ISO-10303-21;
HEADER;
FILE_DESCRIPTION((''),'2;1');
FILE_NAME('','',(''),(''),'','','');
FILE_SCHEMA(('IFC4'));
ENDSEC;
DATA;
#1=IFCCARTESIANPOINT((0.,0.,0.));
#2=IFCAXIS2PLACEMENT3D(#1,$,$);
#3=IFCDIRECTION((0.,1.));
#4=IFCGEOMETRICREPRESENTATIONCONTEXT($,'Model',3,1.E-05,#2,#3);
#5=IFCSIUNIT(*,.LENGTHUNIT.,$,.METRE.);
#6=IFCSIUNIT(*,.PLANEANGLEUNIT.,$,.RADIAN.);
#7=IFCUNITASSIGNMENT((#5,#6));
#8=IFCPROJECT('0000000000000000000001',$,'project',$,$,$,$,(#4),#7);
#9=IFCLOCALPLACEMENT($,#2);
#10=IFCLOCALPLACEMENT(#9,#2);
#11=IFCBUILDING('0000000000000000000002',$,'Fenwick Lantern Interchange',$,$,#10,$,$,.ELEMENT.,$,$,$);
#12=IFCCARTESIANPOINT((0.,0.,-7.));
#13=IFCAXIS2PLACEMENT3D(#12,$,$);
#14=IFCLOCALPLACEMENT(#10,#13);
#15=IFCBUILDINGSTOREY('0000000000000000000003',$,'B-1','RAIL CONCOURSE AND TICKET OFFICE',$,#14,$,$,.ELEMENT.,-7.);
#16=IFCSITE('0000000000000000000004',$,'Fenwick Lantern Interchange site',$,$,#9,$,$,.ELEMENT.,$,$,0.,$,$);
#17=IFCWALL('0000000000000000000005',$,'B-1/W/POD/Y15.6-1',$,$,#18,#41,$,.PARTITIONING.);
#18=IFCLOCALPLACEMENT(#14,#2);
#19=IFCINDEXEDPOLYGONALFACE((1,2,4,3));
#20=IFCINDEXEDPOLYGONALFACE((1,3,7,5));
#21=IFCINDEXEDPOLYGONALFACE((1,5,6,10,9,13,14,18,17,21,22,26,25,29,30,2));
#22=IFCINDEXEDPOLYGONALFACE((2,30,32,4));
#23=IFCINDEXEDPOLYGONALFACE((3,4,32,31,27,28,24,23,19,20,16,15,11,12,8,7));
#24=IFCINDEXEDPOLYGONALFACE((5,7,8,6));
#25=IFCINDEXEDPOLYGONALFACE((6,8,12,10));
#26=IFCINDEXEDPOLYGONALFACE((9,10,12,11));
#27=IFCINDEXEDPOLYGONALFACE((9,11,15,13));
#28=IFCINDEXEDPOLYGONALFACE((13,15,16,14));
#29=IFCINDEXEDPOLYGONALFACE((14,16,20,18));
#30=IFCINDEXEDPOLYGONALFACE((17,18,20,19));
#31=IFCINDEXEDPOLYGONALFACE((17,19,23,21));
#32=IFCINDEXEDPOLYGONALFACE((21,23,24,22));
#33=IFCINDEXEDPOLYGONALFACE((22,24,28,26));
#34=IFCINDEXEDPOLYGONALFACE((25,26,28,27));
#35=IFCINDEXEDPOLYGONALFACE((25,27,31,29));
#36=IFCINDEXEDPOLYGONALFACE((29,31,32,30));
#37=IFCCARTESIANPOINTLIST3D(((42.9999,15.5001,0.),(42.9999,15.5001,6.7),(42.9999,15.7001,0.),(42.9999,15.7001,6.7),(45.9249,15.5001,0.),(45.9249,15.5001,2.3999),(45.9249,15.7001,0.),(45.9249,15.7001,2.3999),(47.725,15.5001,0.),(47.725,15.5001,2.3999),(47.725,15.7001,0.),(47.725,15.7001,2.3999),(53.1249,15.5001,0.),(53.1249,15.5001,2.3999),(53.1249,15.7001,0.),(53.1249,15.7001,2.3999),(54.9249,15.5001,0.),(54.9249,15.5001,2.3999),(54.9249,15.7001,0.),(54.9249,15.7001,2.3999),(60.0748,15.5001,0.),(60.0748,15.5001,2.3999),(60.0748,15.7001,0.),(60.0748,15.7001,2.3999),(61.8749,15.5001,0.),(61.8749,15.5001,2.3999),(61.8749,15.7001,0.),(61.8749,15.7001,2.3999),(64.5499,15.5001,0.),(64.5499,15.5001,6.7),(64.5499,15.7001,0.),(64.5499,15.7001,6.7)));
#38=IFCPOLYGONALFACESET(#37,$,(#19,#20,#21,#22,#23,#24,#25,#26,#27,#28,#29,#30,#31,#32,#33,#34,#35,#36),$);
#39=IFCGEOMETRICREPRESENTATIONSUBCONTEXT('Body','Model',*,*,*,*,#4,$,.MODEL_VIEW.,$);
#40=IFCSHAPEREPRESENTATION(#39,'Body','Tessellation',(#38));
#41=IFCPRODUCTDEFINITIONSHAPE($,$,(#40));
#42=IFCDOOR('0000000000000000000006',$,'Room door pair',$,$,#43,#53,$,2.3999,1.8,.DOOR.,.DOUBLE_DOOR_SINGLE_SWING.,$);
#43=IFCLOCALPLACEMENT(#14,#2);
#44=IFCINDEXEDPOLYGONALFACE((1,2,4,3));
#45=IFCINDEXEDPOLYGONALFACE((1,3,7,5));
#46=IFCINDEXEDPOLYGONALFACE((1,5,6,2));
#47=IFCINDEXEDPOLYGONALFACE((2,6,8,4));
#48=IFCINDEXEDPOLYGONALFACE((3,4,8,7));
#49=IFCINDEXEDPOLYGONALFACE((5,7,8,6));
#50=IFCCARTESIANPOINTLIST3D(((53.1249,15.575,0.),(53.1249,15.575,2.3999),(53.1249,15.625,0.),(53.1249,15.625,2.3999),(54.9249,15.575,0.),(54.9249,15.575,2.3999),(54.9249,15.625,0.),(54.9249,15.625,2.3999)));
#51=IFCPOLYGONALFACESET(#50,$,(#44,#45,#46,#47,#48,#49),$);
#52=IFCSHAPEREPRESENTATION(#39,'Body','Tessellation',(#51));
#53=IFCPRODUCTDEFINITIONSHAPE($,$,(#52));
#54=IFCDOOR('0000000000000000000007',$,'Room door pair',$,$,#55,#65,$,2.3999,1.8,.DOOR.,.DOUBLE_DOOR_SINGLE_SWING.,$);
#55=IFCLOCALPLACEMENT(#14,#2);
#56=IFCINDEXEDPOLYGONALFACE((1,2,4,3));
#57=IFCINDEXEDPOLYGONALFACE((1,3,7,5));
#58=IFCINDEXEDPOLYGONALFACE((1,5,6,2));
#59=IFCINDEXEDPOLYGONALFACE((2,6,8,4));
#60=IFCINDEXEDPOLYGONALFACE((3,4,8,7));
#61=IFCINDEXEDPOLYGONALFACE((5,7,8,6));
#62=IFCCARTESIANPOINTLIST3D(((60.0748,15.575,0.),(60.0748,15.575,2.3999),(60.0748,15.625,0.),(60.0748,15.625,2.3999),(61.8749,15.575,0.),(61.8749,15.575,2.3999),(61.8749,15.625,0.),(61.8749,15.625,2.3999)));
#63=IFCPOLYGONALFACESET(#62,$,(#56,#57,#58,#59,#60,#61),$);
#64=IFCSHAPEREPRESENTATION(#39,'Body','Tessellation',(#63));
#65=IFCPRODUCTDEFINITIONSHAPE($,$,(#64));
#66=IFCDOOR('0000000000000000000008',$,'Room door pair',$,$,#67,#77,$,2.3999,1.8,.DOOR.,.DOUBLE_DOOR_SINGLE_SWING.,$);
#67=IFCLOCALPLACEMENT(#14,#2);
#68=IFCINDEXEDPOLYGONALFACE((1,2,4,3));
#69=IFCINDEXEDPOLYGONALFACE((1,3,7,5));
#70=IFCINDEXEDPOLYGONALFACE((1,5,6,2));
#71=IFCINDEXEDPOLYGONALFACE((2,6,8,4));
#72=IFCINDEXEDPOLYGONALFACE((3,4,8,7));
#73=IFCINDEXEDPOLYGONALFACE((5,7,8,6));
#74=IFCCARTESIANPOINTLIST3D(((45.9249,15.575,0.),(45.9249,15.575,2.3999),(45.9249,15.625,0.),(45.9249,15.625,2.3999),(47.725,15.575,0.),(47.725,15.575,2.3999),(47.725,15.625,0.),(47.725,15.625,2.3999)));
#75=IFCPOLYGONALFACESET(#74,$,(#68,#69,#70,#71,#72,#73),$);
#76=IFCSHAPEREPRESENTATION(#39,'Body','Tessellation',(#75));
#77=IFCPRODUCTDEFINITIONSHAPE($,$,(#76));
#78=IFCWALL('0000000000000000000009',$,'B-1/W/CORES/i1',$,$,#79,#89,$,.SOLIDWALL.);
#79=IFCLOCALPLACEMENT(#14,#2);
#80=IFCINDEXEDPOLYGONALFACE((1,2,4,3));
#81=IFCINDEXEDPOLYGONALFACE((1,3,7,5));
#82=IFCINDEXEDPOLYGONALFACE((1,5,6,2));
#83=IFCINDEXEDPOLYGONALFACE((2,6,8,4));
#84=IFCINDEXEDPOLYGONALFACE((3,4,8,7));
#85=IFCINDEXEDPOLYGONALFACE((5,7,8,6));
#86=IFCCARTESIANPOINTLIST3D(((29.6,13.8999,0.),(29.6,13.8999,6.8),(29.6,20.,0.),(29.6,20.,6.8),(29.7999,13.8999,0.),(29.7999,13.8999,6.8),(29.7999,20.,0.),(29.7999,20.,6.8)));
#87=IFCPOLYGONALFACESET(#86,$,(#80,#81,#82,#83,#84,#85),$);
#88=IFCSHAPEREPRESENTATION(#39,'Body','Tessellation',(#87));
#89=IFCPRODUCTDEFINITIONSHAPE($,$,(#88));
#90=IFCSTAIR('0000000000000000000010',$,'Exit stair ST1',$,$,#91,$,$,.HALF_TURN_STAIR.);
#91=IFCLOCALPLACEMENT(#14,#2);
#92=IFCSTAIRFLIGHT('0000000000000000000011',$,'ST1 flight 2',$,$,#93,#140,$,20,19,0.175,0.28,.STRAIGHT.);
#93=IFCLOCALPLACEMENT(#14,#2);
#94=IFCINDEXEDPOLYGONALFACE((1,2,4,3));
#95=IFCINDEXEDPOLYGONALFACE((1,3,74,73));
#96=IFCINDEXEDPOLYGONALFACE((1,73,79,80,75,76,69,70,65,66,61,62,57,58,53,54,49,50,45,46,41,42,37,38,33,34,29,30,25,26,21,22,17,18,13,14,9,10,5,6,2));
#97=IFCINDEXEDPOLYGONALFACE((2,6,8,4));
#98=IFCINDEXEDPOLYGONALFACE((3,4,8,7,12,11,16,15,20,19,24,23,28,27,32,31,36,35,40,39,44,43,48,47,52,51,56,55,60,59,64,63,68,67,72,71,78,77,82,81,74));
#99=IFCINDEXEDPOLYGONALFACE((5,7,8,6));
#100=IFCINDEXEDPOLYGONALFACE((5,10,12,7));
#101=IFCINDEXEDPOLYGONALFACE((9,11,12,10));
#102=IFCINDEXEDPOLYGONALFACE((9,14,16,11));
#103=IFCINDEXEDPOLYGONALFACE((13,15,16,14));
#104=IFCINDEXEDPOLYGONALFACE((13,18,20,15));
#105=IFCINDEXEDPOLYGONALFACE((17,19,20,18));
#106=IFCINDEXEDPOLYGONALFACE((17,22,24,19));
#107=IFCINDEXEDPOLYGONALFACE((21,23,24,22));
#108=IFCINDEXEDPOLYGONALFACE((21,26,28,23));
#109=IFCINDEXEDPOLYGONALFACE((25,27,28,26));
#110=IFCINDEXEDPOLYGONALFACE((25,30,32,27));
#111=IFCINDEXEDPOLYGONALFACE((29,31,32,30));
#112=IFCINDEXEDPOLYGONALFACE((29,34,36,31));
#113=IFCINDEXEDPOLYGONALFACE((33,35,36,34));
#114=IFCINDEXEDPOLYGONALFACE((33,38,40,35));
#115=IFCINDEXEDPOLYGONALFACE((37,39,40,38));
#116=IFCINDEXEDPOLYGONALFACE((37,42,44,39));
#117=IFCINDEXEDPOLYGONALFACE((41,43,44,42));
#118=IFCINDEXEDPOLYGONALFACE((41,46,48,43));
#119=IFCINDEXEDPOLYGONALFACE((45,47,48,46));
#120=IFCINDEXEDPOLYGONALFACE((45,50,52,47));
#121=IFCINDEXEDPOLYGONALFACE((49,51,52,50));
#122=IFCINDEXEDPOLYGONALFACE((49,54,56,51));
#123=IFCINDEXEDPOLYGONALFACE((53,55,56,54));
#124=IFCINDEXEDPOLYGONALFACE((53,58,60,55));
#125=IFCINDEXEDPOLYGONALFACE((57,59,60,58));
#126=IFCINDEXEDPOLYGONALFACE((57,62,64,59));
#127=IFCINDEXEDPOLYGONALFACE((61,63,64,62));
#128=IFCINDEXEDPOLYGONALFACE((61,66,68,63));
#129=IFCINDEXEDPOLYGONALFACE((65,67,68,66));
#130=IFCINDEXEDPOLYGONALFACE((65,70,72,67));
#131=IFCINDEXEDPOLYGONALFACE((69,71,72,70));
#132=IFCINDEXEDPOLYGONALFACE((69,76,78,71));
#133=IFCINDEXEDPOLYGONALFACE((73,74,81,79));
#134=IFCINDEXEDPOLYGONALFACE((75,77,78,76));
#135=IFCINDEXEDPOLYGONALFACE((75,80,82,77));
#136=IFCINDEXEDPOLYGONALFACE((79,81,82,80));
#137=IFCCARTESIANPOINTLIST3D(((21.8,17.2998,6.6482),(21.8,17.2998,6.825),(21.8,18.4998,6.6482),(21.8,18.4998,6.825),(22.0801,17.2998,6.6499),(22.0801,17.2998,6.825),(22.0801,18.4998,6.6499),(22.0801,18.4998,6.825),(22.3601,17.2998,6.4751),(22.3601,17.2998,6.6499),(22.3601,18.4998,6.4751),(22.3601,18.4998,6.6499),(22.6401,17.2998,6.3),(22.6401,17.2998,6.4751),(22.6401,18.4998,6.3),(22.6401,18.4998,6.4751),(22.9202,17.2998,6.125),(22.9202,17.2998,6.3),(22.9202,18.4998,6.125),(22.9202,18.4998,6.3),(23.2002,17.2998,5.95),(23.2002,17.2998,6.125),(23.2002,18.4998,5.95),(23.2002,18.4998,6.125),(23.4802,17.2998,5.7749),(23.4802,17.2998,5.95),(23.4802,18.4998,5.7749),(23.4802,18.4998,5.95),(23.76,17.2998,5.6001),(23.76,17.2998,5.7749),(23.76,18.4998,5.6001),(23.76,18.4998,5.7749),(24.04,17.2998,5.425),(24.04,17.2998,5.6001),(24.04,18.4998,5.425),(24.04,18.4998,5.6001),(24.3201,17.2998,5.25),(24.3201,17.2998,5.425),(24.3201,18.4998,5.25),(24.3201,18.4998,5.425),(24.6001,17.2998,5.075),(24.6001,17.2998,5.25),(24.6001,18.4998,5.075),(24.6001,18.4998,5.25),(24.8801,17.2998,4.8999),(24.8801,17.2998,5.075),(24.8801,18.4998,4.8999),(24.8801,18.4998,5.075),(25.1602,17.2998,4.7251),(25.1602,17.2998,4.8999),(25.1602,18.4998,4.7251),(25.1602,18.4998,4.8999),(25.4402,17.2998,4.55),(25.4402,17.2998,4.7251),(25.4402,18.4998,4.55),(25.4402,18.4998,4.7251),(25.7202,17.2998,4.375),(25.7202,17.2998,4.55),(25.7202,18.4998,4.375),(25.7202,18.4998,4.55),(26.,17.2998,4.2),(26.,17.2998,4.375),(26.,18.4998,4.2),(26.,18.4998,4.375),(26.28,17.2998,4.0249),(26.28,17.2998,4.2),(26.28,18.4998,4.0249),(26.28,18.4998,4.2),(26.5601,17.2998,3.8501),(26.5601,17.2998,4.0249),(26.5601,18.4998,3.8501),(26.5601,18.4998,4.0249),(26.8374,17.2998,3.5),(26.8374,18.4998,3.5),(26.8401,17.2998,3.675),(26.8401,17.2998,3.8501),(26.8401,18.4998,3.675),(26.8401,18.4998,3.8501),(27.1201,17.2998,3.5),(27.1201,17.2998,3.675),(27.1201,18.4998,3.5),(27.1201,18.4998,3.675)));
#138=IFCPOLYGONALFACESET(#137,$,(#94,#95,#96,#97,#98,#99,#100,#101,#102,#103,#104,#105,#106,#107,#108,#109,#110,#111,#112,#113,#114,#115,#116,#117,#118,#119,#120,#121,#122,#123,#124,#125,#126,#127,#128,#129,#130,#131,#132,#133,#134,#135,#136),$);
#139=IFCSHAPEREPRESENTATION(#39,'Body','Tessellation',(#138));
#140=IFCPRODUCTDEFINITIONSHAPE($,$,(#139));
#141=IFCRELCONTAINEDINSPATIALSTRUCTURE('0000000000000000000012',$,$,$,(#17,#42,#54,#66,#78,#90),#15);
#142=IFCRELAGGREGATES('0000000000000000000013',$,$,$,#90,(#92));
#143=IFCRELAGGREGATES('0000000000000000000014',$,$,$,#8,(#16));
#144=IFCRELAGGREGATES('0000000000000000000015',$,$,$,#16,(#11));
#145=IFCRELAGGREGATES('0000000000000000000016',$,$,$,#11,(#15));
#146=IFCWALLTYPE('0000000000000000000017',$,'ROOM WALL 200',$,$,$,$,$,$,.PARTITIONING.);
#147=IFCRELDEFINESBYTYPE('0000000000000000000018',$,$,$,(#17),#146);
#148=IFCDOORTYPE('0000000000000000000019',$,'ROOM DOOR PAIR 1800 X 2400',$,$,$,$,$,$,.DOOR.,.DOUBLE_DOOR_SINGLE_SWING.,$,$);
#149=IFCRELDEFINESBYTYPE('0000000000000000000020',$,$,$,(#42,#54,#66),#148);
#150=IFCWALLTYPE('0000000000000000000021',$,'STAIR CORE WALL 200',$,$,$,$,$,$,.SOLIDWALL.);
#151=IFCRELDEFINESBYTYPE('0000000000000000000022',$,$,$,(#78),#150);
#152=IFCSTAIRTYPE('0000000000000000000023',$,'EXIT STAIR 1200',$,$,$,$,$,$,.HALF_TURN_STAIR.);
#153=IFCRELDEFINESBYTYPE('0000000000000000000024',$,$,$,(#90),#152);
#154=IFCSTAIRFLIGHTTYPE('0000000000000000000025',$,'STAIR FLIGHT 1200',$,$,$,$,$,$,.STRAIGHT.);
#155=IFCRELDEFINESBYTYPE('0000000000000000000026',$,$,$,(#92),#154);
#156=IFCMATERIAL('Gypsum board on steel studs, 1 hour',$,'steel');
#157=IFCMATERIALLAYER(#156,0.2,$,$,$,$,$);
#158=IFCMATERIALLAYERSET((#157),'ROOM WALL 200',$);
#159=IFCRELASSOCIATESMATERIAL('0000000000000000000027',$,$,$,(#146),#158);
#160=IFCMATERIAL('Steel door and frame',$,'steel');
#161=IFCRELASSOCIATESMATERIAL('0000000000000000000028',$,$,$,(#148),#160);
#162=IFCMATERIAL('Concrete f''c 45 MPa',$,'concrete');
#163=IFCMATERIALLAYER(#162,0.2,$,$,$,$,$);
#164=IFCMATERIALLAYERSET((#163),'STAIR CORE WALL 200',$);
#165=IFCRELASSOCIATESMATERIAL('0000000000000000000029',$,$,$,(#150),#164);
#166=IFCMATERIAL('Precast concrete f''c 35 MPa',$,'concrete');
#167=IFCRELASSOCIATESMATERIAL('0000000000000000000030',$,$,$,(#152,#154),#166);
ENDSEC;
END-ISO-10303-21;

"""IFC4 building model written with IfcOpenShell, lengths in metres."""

from ifc_helpers import new_model, si_unit, direction, frame, frame_2d, origin, place, context, subcontext, project, spatial, polyline, rectangle, outline, extrude, material, layer, layer_set, type_object, element, fill, aggregate, save


model = new_model("IFC4")

# Units and contexts
model_context = context("Model", 3, precision=1e-05, world=origin(), true_north=direction((0.0, 1.0)))
body_context = subcontext(model_context, "Body", "Model", "MODEL_VIEW")
ifc_project = project(units=[si_unit("LENGTHUNIT", "METRE"), si_unit("PLANEANGLEUNIT", "RADIAN")], contexts=[model_context])

# Site, building, storey
site_placement = place(None, origin())
site = spatial("IfcSite", under=ifc_project, at=site_placement, Name="Fenwick Lantern Interchange site", CompositionType="ELEMENT", RefElevation=0.0)
building_placement = place(site_placement, origin())
building = spatial("IfcBuilding", under=site, at=building_placement, Name="Fenwick Lantern Interchange", CompositionType="ELEMENT")
storey_placement = place(building_placement, frame((0.0, 0.0, -7.0)))
storey = spatial("IfcBuildingStorey", under=building, at=storey_placement, Name="B-1", Description="RAIL CONCOURSE AND TICKET OFFICE", CompositionType="ELEMENT", Elevation=-7.0)

# Shared definitions
ifc_material_1 = material(Name="Concrete f'c 45 MPa", Category="concrete")

# Shared definitions
ifc_material_2 = material(Name="Steel door and frame", Category="steel")

# Wall, openings, doors
ifc_material_3 = material(Name="Gypsum board on steel studs, 1 hour", Category="steel")
ifc_layer_1 = layer(ifc_material_3, 0.2)
ifc_layer_set_1 = layer_set([ifc_layer_1], Name="ROOM WALL 200")
wall_type_1 = type_object("IfcWallType", Name="ROOM WALL 200", PredefinedType="PARTITIONING", material=ifc_layer_set_1)
wall_1_placement = place(storey_placement, frame((43.0, 15.6001, 0.0), z_axis=(0.0, 0.0, 1.0), x_axis=(1.0, 0.0, 0.0)))
wall_1 = element("IfcWall", 1, at=wall_1_placement, inside=storey, type_object=wall_type_1, Name="B-1/W/POD/Y15.6-1", PredefinedType="PARTITIONING", context=body_context, shape_type="SweptSolid", body=[
    extrude(rectangle(XDim=21.55, YDim=0.2, at=frame_2d((10.7749, 0.0))), origin(), (0.0, 0.0, 1.0), 6.7),
])
opening_1_placement = place(wall_1_placement, frame((10.125, 0.0, 0.0)))
opening_1 = element("IfcOpeningElement", 2, at=opening_1_placement, cuts=wall_1, PredefinedType="OPENING", context=body_context, shape_type="SweptSolid", body=[
    extrude(rectangle(XDim=1.8, YDim=2.3999, at=frame_2d((0.8999, 1.2))), frame((0.0, 0.1099, 0.0), z_axis=(0.0, -1.0, 0.0), x_axis=(1.0, 0.0, 0.0)), (0.0, 0.0, 1.0), 0.22),
])
opening_2_placement = place(wall_1_placement, frame((17.075, 0.0, 0.0)))
opening_2 = element("IfcOpeningElement", 3, at=opening_2_placement, cuts=wall_1, PredefinedType="OPENING", context=body_context, shape_type="SweptSolid", body=[
    extrude(rectangle(XDim=1.8, YDim=2.3999, at=frame_2d((0.8999, 1.2))), frame((0.0, 0.1099, 0.0), z_axis=(0.0, -1.0, 0.0), x_axis=(1.0, 0.0, 0.0)), (0.0, 0.0, 1.0), 0.22),
])
opening_3_placement = place(wall_1_placement, frame((2.925, 0.0, 0.0)))
opening_3 = element("IfcOpeningElement", 4, at=opening_3_placement, cuts=wall_1, PredefinedType="OPENING", context=body_context, shape_type="SweptSolid", body=[
    extrude(rectangle(XDim=1.8, YDim=2.3999, at=frame_2d((0.8999, 1.2))), frame((0.0, 0.1099, 0.0), z_axis=(0.0, -1.0, 0.0), x_axis=(1.0, 0.0, 0.0)), (0.0, 0.0, 1.0), 0.22),
])
door_type_1 = type_object("IfcDoorType", Name="ROOM DOOR PAIR 1800 X 2400", OperationType="DOUBLE_DOOR_SINGLE_SWING", PredefinedType="DOOR", material=ifc_material_2)
door_1_placement = place(opening_1_placement, origin())
door_1 = element("IfcDoor", 5, at=door_1_placement, inside=storey, type_object=door_type_1, Name="Room door pair", OperationType="DOUBLE_DOOR_SINGLE_SWING", OverallHeight=2.3999, OverallWidth=1.8, PredefinedType="DOOR", context=body_context, shape_type="SweptSolid", body=[
    extrude(rectangle(XDim=1.8, YDim=2.3999, at=frame_2d((0.8999, 1.2))), frame((0.0, 0.0249, 0.0), z_axis=(0.0, -1.0, 0.0), x_axis=(1.0, 0.0, 0.0)), (0.0, 0.0, 1.0), 0.05),
])
fill(opening_1, door_1)
door_2_placement = place(opening_2_placement, origin())
door_2 = element("IfcDoor", 6, at=door_2_placement, inside=storey, type_object=door_type_1, Name="Room door pair", OperationType="DOUBLE_DOOR_SINGLE_SWING", OverallHeight=2.3999, OverallWidth=1.8, PredefinedType="DOOR", context=body_context, shape_type="SweptSolid", body=[
    extrude(rectangle(XDim=1.8, YDim=2.3999, at=frame_2d((0.8999, 1.2))), frame((0.0, 0.0249, 0.0), z_axis=(0.0, -1.0, 0.0), x_axis=(1.0, 0.0, 0.0)), (0.0, 0.0, 1.0), 0.05),
])
fill(opening_2, door_2)
door_3_placement = place(opening_3_placement, origin())
door_3 = element("IfcDoor", 7, at=door_3_placement, inside=storey, type_object=door_type_1, Name="Room door pair", OperationType="DOUBLE_DOOR_SINGLE_SWING", OverallHeight=2.3999, OverallWidth=1.8, PredefinedType="DOOR", context=body_context, shape_type="SweptSolid", body=[
    extrude(rectangle(XDim=1.8, YDim=2.3999, at=frame_2d((0.8999, 1.2))), frame((0.0, 0.0249, 0.0), z_axis=(0.0, -1.0, 0.0), x_axis=(1.0, 0.0, 0.0)), (0.0, 0.0, 1.0), 0.05),
])
fill(opening_3, door_3)

# Wall
ifc_layer_2 = layer(ifc_material_1, 0.2)
ifc_layer_set_2 = layer_set([ifc_layer_2], Name="STAIR CORE WALL 200")
wall_type_2 = type_object("IfcWallType", Name="STAIR CORE WALL 200", PredefinedType="SOLIDWALL", material=ifc_layer_set_2)
wall_2_placement = place(storey_placement, frame((29.7, 13.8999, 0.0), z_axis=(0.0, 0.0, 1.0), x_axis=(0.0, 1.0, 0.0)))
element("IfcWall", 8, at=wall_2_placement, inside=storey, type_object=wall_type_2, Name="B-1/W/CORES/i1", PredefinedType="SOLIDWALL", context=body_context, shape_type="SweptSolid", body=[
    extrude(rectangle(XDim=6.1001, YDim=0.2, at=frame_2d((3.05, 0.0))), origin(), (0.0, 0.0, 1.0), 6.8),
])

# Stair, stair flight
ifc_material_4 = material(Name="Precast concrete f'c 35 MPa", Category="concrete")
stair_type = type_object("IfcStairType", Name="EXIT STAIR 1200", PredefinedType="HALF_TURN_STAIR", material=ifc_material_4)
stair_placement = place(storey_placement, origin())
stair = element("IfcStair", 9, at=stair_placement, inside=storey, type_object=stair_type, Name="Exit stair ST1", PredefinedType="HALF_TURN_STAIR")
stair_flight_type = type_object("IfcStairFlightType", Name="STAIR FLIGHT 1200", PredefinedType="STRAIGHT", material=ifc_material_4)
stair_flight_placement = place(storey_placement, frame((27.1201, 17.8999, 3.5), z_axis=(0.0, 0.0, 1.0), x_axis=(-1.0, 0.0, 0.0)))
stair_flight = element("IfcStairFlight", 10, at=stair_flight_placement, type_object=stair_flight_type, Name="ST1 flight 2", NumberOfRisers=20, NumberOfTreads=19, PredefinedType="STRAIGHT", RiserHeight=0.175, TreadLength=0.28, context=body_context, shape_type="SweptSolid", body=[
    extrude(outline(polyline([(0.0, 0.0), (0.0, 0.175), (0.28, 0.175), (0.28, 0.3501), (0.5601, 0.3501), (0.5601, 0.5249), (0.8401, 0.5249), (0.8401, 0.7), (1.1201, 0.7), (1.1201, 0.875), (1.3999, 0.875), (1.3999, 1.05), (1.6799, 1.05), (1.6799, 1.2251), (1.96, 1.2251), (1.96, 1.3999), (2.24, 1.3999), (2.24, 1.575), (2.52, 1.575), (2.52, 1.75), (2.8, 1.75), (2.8, 1.925), (3.0801, 1.925), (3.0801, 2.1001), (3.3601, 2.1001), (3.3601, 2.2749), (3.6399, 2.2749), (3.6399, 2.45), (3.9199, 2.45), (3.9199, 2.625), (4.2, 2.625), (4.2, 2.8), (4.48, 2.8), (4.48, 2.9751), (4.76, 2.9751), (4.76, 3.1499), (5.04, 3.1499), (5.04, 3.325), (5.3201, 3.325), (5.3201, 3.5), (5.3201, 3.1482), (0.2827, 0.0), (0.0, 0.0)])), frame((0.0, 0.6001, 0.0), z_axis=(0.0, -1.0, 0.0), x_axis=(1.0, 0.0, 0.0)), (0.0, 0.0, 1.0), 1.2),
])
aggregate(stair, [stair_flight])

save(model, "model.ifc")
